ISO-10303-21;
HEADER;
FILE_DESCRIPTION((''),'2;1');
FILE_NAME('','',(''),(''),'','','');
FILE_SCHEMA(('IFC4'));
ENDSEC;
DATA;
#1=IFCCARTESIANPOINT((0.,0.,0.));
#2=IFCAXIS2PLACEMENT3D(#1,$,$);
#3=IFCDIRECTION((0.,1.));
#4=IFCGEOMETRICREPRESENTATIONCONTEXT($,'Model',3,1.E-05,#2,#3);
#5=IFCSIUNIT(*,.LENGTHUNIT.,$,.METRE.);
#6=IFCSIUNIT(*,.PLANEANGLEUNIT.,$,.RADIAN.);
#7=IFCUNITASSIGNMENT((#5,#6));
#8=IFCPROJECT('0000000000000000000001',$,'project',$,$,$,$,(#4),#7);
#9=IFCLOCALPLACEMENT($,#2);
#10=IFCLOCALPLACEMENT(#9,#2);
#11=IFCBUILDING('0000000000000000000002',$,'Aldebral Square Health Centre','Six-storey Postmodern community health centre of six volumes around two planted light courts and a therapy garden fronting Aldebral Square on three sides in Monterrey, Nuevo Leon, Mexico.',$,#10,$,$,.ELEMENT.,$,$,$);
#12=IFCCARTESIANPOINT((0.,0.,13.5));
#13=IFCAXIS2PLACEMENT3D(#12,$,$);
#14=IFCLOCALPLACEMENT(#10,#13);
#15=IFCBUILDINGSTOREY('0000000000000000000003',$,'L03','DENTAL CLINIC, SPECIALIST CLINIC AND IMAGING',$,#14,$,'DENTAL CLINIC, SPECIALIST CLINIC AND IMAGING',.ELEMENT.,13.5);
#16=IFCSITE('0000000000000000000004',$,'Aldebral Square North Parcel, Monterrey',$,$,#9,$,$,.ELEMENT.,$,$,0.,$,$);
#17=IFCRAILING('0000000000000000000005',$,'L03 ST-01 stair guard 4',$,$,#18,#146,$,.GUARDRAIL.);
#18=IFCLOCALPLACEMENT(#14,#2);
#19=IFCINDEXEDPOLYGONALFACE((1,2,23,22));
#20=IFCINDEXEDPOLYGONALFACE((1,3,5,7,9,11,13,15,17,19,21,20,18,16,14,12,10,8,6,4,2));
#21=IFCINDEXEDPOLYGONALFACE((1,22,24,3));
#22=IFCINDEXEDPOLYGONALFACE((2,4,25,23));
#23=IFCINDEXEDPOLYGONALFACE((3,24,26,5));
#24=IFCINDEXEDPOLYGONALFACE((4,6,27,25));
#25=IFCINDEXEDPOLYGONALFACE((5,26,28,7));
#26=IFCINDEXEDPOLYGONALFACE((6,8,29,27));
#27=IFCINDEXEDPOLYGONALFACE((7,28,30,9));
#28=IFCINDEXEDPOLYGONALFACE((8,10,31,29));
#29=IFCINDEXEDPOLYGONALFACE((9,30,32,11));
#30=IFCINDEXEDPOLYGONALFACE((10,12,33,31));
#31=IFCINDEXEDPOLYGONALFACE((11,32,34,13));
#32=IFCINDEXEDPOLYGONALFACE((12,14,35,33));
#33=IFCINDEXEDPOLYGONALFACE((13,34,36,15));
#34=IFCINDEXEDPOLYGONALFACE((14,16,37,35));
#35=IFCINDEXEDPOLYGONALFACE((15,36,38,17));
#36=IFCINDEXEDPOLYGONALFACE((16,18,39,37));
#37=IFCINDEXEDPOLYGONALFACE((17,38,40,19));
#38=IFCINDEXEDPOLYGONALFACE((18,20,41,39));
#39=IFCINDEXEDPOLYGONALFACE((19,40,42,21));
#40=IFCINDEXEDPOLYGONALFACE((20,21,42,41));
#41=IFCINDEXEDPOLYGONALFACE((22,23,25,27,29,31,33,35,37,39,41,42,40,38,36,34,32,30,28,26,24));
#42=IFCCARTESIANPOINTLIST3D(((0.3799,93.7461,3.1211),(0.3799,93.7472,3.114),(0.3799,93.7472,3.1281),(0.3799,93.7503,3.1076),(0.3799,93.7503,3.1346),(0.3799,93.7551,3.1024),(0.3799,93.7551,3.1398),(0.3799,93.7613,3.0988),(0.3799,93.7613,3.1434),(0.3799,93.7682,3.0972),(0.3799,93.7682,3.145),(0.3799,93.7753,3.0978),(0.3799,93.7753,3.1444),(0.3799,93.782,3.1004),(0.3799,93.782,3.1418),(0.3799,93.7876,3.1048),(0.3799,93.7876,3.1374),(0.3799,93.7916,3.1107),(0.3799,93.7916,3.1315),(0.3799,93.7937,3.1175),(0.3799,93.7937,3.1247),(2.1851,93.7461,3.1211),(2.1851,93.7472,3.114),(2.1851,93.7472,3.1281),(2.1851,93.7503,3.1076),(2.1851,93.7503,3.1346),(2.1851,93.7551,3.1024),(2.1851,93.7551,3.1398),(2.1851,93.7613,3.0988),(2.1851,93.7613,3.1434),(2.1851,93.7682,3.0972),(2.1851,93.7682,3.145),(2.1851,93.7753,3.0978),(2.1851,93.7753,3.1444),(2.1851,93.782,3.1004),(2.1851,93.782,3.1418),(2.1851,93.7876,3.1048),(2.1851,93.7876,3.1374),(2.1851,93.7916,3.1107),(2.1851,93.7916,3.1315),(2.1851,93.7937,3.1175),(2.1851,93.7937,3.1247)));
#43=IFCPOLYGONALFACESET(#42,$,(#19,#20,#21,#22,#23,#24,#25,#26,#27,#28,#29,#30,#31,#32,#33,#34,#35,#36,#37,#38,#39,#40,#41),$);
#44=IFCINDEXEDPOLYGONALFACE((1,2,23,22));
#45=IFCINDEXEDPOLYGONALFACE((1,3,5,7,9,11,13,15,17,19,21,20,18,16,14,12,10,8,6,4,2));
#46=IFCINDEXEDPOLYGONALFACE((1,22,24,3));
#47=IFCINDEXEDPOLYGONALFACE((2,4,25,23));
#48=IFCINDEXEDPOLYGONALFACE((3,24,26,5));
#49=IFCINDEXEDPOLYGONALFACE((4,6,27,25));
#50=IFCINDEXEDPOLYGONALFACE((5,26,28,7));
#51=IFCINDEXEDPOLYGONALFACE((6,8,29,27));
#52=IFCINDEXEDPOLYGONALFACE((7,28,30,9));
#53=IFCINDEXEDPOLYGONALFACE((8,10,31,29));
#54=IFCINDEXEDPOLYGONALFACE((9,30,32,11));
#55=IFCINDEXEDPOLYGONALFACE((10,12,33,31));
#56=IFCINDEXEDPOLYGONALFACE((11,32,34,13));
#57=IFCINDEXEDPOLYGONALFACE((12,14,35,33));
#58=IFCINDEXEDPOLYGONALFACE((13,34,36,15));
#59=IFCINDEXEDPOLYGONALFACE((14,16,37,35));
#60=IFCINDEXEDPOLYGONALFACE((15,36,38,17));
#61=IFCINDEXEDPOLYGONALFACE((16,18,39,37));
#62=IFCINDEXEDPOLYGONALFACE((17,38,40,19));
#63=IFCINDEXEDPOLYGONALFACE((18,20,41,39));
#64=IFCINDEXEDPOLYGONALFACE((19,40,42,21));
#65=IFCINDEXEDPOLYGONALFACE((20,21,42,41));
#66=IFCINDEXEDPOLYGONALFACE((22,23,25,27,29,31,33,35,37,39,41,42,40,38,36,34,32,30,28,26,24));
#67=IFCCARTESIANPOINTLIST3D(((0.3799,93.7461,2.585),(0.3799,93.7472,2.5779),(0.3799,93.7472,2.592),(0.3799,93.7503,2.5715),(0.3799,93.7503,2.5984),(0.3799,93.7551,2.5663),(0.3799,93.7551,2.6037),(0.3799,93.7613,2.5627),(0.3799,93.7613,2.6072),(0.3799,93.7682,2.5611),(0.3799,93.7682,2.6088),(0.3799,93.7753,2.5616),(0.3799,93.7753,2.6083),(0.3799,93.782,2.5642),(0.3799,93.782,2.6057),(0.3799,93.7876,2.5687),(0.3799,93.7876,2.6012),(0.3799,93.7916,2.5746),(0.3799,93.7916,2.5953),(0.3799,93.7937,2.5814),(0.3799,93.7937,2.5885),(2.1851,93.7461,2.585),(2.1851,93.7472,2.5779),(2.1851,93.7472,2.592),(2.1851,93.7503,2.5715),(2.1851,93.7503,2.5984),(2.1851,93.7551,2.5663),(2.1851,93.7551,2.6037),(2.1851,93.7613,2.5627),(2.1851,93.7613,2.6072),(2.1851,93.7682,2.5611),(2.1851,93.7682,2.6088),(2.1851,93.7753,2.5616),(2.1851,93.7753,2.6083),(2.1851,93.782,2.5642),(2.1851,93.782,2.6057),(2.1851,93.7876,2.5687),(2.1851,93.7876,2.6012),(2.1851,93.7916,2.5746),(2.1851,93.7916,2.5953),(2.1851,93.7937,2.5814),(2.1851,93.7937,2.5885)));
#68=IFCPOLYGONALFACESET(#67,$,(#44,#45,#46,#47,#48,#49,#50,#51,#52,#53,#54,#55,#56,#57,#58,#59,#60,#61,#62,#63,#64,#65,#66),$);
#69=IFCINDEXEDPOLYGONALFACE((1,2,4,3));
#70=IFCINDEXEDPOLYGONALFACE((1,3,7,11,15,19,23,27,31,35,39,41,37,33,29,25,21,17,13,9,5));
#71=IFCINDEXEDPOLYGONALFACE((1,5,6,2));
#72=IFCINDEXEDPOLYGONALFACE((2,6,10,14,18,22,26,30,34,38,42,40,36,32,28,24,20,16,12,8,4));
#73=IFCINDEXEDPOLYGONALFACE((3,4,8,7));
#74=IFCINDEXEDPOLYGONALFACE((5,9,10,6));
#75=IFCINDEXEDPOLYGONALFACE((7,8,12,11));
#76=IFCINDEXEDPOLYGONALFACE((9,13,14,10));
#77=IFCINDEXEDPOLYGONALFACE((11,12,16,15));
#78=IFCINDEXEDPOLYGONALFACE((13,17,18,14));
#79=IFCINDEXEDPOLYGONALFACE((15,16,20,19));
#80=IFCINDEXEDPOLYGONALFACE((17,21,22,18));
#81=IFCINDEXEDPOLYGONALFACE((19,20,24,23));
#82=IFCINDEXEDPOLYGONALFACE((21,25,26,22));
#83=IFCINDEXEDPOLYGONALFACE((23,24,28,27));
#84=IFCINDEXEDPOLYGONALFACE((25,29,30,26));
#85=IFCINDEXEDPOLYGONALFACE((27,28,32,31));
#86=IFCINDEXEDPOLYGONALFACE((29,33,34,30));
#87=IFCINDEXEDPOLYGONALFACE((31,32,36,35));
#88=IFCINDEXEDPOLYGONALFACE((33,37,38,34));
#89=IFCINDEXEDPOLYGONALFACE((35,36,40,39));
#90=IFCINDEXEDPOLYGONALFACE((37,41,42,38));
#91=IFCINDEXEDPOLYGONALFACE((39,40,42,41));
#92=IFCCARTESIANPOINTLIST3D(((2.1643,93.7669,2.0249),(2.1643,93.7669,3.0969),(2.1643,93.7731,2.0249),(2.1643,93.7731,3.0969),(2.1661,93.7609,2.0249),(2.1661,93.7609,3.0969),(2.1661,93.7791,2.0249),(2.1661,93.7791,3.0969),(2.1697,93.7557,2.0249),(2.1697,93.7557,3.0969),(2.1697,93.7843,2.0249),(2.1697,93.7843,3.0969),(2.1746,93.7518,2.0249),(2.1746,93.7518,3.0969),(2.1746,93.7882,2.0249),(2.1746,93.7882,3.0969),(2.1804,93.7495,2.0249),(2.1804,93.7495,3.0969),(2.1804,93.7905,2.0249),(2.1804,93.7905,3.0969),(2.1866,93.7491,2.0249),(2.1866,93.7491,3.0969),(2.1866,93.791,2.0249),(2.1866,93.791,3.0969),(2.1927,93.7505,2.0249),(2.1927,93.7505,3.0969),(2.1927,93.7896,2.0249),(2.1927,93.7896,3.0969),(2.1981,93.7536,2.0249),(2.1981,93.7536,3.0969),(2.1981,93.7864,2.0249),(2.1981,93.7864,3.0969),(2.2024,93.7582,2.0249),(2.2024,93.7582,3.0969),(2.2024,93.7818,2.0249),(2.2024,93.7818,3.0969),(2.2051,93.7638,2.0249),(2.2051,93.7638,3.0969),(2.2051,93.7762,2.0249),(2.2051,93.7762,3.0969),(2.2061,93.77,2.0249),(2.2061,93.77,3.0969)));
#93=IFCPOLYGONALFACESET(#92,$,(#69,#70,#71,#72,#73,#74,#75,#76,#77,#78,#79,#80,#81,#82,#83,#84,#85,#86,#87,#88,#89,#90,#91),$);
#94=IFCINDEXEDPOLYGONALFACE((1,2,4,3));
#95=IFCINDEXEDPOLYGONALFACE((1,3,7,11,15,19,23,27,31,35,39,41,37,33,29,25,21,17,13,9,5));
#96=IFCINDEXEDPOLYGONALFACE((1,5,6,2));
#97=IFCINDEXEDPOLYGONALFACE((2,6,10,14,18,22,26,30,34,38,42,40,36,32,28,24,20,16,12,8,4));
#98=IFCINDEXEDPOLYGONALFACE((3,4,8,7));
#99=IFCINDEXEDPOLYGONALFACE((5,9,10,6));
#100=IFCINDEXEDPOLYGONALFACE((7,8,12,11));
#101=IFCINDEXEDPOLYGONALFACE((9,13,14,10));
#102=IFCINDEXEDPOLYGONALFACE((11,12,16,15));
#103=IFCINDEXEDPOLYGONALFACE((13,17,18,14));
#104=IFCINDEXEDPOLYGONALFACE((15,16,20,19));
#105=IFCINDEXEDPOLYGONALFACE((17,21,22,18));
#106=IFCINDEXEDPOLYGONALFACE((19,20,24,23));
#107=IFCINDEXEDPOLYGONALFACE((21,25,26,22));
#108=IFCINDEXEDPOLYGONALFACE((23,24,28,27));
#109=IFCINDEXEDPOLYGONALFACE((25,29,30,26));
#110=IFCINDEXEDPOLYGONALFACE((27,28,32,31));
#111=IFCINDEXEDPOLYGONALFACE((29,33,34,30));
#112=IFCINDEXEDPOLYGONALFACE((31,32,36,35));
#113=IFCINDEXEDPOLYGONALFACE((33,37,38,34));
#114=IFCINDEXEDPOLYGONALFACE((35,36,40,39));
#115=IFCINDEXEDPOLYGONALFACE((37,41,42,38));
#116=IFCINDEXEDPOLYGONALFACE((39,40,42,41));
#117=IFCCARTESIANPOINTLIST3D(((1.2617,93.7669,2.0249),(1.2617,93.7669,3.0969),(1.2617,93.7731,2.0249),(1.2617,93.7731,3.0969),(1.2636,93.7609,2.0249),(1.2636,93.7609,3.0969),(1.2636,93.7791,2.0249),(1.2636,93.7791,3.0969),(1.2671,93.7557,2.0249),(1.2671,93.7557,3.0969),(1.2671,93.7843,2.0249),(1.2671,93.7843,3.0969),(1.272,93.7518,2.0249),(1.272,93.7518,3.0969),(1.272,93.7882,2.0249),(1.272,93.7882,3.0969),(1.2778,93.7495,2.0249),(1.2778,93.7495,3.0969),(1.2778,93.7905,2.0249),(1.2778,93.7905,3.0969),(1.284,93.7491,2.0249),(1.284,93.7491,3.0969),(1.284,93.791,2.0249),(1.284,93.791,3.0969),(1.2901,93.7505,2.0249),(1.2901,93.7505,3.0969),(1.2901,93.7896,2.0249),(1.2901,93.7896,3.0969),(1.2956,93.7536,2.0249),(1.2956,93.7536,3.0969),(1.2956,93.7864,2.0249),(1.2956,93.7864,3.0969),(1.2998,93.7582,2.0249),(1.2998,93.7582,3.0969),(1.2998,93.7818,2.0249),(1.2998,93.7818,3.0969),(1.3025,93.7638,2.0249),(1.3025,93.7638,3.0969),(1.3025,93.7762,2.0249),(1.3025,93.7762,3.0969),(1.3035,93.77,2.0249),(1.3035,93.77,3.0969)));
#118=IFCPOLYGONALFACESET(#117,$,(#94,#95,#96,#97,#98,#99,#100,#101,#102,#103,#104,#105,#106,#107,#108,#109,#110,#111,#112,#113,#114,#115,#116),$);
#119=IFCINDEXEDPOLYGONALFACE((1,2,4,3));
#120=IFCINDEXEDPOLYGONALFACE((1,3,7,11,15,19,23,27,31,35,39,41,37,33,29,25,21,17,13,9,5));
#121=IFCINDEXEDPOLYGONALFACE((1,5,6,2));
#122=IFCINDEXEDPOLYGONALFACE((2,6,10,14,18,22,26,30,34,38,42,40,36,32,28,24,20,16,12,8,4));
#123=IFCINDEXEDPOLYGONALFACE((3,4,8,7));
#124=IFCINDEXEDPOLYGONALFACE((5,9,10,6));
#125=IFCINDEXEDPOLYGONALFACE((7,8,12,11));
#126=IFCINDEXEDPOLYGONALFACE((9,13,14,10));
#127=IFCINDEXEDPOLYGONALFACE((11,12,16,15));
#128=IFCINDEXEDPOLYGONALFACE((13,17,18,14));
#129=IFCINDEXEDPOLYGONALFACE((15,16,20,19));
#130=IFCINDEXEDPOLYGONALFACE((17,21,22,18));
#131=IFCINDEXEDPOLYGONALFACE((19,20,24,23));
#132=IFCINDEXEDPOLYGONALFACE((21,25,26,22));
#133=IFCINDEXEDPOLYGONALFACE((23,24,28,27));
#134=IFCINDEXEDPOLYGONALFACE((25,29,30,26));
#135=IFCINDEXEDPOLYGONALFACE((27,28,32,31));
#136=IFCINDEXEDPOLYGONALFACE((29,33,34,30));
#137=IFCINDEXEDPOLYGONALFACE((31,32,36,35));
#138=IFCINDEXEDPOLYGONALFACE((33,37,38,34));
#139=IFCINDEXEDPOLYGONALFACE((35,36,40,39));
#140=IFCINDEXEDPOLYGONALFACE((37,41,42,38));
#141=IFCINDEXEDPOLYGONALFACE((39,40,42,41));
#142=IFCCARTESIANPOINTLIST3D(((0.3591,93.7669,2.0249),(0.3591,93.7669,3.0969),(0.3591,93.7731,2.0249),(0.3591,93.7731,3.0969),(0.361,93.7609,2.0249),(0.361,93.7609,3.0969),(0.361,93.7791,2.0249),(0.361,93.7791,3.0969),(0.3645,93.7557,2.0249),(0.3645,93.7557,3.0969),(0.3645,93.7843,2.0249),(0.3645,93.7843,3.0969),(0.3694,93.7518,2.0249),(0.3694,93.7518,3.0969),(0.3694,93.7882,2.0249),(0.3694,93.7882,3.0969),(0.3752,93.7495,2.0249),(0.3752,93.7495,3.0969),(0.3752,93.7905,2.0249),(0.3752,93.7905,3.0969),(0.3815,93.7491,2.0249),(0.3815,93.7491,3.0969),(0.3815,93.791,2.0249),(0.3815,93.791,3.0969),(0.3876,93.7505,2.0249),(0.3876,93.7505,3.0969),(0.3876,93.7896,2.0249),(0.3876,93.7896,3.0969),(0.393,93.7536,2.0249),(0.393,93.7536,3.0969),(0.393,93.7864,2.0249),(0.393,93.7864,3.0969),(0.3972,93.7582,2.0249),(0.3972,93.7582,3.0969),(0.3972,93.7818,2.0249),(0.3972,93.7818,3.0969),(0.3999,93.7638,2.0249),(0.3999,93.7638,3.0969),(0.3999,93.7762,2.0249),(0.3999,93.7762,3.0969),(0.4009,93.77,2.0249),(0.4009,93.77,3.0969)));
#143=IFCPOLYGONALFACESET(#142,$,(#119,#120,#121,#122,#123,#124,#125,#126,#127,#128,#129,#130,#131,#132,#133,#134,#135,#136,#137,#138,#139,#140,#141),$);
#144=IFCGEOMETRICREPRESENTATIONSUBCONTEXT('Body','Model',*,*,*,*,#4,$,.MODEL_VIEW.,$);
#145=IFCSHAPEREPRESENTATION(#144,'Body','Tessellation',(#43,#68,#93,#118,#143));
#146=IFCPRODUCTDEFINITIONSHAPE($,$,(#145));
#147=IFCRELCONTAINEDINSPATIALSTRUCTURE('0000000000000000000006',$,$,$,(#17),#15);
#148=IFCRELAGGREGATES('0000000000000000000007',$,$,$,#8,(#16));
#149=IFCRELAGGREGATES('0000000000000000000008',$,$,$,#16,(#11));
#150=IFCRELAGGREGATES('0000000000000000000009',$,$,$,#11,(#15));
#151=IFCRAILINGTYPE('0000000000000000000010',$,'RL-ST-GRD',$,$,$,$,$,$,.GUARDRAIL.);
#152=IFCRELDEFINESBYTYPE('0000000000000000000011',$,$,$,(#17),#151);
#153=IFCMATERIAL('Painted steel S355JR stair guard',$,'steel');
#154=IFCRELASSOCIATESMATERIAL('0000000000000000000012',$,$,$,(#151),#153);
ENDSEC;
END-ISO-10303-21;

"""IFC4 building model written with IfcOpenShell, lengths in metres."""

from ifc_helpers import new_model, si_unit, direction, frame, origin, origin_2d, place, context, subcontext, project, spatial, circle, extrude, material, type_object, element, save


model = new_model("IFC4")

# Units and contexts
model_context = context("Model", 3, precision=1e-05, world=origin(), true_north=direction((0.0, 1.0)))
body_context = subcontext(model_context, "Body", "Model", "MODEL_VIEW")
ifc_project = project(units=[si_unit("LENGTHUNIT", "METRE"), si_unit("PLANEANGLEUNIT", "RADIAN")], contexts=[model_context])

# Site, building, storey
site_placement = place(None, origin())
site = spatial("IfcSite", under=ifc_project, at=site_placement, Name="Aldebral Square North Parcel, Monterrey", CompositionType="ELEMENT", RefElevation=0.0)
building_placement = place(site_placement, origin())
building = spatial("IfcBuilding", under=site, at=building_placement, Name="Aldebral Square Health Centre", Description="Six-storey Postmodern community health centre of six volumes around two planted light courts and a therapy garden fronting Aldebral Square on three sides in Monterrey, Nuevo Leon, Mexico.", CompositionType="ELEMENT")
storey_placement = place(building_placement, frame((0.0, 0.0, 13.5)))
storey = spatial("IfcBuildingStorey", under=building, at=storey_placement, Name="L03", Description="DENTAL CLINIC, SPECIALIST CLINIC AND IMAGING", LongName="DENTAL CLINIC, SPECIALIST CLINIC AND IMAGING", CompositionType="ELEMENT", Elevation=13.5)

# Railing
ifc_material_1 = material(Name="Painted steel S355JR stair guard", Category="steel")
railing_type_1 = type_object("IfcRailingType", Name="RL-ST-GRD", PredefinedType="GUARDRAIL", material=ifc_material_1)
for number, where, name in (
    (1, (2.1851, 93.77, 2.0249), "L03 ST-01 stair guard 4"),
):
    element("IfcRailing", number, at=place(storey_placement, frame(where)), inside=storey, type_object=railing_type_1, Name=name, PredefinedType="GUARDRAIL", context=body_context, shape_type="SweptSolid", body=[
        extrude(circle(Radius=0.0239, at=origin_2d()), frame((0.0, 0.0, 1.0962), z_axis=(-1.0, 0.0, 0.0), x_axis=(0.0, -1.0, 0.0)), (0.0, 0.0, 1.0), 1.8052),
        extrude(circle(Radius=0.0239, at=origin_2d()), frame((0.0, 0.0, 0.5601), z_axis=(-1.0, 0.0, 0.0), x_axis=(0.0, -1.0, 0.0)), (0.0, 0.0, 1.0), 1.8052),
        extrude(circle(Radius=0.021, at=origin_2d()), origin(), (0.0, 0.0, 1.0), 1.072),
        extrude(circle(Radius=0.021, at=origin_2d()), frame((-0.9026, 0.0, 0.0)), (0.0, 0.0, 1.0), 1.072),
        extrude(circle(Radius=0.021, at=origin_2d()), frame((-1.8052, 0.0, 0.0)), (0.0, 0.0, 1.0), 1.072),
    ])

save(model, "model.ifc")
